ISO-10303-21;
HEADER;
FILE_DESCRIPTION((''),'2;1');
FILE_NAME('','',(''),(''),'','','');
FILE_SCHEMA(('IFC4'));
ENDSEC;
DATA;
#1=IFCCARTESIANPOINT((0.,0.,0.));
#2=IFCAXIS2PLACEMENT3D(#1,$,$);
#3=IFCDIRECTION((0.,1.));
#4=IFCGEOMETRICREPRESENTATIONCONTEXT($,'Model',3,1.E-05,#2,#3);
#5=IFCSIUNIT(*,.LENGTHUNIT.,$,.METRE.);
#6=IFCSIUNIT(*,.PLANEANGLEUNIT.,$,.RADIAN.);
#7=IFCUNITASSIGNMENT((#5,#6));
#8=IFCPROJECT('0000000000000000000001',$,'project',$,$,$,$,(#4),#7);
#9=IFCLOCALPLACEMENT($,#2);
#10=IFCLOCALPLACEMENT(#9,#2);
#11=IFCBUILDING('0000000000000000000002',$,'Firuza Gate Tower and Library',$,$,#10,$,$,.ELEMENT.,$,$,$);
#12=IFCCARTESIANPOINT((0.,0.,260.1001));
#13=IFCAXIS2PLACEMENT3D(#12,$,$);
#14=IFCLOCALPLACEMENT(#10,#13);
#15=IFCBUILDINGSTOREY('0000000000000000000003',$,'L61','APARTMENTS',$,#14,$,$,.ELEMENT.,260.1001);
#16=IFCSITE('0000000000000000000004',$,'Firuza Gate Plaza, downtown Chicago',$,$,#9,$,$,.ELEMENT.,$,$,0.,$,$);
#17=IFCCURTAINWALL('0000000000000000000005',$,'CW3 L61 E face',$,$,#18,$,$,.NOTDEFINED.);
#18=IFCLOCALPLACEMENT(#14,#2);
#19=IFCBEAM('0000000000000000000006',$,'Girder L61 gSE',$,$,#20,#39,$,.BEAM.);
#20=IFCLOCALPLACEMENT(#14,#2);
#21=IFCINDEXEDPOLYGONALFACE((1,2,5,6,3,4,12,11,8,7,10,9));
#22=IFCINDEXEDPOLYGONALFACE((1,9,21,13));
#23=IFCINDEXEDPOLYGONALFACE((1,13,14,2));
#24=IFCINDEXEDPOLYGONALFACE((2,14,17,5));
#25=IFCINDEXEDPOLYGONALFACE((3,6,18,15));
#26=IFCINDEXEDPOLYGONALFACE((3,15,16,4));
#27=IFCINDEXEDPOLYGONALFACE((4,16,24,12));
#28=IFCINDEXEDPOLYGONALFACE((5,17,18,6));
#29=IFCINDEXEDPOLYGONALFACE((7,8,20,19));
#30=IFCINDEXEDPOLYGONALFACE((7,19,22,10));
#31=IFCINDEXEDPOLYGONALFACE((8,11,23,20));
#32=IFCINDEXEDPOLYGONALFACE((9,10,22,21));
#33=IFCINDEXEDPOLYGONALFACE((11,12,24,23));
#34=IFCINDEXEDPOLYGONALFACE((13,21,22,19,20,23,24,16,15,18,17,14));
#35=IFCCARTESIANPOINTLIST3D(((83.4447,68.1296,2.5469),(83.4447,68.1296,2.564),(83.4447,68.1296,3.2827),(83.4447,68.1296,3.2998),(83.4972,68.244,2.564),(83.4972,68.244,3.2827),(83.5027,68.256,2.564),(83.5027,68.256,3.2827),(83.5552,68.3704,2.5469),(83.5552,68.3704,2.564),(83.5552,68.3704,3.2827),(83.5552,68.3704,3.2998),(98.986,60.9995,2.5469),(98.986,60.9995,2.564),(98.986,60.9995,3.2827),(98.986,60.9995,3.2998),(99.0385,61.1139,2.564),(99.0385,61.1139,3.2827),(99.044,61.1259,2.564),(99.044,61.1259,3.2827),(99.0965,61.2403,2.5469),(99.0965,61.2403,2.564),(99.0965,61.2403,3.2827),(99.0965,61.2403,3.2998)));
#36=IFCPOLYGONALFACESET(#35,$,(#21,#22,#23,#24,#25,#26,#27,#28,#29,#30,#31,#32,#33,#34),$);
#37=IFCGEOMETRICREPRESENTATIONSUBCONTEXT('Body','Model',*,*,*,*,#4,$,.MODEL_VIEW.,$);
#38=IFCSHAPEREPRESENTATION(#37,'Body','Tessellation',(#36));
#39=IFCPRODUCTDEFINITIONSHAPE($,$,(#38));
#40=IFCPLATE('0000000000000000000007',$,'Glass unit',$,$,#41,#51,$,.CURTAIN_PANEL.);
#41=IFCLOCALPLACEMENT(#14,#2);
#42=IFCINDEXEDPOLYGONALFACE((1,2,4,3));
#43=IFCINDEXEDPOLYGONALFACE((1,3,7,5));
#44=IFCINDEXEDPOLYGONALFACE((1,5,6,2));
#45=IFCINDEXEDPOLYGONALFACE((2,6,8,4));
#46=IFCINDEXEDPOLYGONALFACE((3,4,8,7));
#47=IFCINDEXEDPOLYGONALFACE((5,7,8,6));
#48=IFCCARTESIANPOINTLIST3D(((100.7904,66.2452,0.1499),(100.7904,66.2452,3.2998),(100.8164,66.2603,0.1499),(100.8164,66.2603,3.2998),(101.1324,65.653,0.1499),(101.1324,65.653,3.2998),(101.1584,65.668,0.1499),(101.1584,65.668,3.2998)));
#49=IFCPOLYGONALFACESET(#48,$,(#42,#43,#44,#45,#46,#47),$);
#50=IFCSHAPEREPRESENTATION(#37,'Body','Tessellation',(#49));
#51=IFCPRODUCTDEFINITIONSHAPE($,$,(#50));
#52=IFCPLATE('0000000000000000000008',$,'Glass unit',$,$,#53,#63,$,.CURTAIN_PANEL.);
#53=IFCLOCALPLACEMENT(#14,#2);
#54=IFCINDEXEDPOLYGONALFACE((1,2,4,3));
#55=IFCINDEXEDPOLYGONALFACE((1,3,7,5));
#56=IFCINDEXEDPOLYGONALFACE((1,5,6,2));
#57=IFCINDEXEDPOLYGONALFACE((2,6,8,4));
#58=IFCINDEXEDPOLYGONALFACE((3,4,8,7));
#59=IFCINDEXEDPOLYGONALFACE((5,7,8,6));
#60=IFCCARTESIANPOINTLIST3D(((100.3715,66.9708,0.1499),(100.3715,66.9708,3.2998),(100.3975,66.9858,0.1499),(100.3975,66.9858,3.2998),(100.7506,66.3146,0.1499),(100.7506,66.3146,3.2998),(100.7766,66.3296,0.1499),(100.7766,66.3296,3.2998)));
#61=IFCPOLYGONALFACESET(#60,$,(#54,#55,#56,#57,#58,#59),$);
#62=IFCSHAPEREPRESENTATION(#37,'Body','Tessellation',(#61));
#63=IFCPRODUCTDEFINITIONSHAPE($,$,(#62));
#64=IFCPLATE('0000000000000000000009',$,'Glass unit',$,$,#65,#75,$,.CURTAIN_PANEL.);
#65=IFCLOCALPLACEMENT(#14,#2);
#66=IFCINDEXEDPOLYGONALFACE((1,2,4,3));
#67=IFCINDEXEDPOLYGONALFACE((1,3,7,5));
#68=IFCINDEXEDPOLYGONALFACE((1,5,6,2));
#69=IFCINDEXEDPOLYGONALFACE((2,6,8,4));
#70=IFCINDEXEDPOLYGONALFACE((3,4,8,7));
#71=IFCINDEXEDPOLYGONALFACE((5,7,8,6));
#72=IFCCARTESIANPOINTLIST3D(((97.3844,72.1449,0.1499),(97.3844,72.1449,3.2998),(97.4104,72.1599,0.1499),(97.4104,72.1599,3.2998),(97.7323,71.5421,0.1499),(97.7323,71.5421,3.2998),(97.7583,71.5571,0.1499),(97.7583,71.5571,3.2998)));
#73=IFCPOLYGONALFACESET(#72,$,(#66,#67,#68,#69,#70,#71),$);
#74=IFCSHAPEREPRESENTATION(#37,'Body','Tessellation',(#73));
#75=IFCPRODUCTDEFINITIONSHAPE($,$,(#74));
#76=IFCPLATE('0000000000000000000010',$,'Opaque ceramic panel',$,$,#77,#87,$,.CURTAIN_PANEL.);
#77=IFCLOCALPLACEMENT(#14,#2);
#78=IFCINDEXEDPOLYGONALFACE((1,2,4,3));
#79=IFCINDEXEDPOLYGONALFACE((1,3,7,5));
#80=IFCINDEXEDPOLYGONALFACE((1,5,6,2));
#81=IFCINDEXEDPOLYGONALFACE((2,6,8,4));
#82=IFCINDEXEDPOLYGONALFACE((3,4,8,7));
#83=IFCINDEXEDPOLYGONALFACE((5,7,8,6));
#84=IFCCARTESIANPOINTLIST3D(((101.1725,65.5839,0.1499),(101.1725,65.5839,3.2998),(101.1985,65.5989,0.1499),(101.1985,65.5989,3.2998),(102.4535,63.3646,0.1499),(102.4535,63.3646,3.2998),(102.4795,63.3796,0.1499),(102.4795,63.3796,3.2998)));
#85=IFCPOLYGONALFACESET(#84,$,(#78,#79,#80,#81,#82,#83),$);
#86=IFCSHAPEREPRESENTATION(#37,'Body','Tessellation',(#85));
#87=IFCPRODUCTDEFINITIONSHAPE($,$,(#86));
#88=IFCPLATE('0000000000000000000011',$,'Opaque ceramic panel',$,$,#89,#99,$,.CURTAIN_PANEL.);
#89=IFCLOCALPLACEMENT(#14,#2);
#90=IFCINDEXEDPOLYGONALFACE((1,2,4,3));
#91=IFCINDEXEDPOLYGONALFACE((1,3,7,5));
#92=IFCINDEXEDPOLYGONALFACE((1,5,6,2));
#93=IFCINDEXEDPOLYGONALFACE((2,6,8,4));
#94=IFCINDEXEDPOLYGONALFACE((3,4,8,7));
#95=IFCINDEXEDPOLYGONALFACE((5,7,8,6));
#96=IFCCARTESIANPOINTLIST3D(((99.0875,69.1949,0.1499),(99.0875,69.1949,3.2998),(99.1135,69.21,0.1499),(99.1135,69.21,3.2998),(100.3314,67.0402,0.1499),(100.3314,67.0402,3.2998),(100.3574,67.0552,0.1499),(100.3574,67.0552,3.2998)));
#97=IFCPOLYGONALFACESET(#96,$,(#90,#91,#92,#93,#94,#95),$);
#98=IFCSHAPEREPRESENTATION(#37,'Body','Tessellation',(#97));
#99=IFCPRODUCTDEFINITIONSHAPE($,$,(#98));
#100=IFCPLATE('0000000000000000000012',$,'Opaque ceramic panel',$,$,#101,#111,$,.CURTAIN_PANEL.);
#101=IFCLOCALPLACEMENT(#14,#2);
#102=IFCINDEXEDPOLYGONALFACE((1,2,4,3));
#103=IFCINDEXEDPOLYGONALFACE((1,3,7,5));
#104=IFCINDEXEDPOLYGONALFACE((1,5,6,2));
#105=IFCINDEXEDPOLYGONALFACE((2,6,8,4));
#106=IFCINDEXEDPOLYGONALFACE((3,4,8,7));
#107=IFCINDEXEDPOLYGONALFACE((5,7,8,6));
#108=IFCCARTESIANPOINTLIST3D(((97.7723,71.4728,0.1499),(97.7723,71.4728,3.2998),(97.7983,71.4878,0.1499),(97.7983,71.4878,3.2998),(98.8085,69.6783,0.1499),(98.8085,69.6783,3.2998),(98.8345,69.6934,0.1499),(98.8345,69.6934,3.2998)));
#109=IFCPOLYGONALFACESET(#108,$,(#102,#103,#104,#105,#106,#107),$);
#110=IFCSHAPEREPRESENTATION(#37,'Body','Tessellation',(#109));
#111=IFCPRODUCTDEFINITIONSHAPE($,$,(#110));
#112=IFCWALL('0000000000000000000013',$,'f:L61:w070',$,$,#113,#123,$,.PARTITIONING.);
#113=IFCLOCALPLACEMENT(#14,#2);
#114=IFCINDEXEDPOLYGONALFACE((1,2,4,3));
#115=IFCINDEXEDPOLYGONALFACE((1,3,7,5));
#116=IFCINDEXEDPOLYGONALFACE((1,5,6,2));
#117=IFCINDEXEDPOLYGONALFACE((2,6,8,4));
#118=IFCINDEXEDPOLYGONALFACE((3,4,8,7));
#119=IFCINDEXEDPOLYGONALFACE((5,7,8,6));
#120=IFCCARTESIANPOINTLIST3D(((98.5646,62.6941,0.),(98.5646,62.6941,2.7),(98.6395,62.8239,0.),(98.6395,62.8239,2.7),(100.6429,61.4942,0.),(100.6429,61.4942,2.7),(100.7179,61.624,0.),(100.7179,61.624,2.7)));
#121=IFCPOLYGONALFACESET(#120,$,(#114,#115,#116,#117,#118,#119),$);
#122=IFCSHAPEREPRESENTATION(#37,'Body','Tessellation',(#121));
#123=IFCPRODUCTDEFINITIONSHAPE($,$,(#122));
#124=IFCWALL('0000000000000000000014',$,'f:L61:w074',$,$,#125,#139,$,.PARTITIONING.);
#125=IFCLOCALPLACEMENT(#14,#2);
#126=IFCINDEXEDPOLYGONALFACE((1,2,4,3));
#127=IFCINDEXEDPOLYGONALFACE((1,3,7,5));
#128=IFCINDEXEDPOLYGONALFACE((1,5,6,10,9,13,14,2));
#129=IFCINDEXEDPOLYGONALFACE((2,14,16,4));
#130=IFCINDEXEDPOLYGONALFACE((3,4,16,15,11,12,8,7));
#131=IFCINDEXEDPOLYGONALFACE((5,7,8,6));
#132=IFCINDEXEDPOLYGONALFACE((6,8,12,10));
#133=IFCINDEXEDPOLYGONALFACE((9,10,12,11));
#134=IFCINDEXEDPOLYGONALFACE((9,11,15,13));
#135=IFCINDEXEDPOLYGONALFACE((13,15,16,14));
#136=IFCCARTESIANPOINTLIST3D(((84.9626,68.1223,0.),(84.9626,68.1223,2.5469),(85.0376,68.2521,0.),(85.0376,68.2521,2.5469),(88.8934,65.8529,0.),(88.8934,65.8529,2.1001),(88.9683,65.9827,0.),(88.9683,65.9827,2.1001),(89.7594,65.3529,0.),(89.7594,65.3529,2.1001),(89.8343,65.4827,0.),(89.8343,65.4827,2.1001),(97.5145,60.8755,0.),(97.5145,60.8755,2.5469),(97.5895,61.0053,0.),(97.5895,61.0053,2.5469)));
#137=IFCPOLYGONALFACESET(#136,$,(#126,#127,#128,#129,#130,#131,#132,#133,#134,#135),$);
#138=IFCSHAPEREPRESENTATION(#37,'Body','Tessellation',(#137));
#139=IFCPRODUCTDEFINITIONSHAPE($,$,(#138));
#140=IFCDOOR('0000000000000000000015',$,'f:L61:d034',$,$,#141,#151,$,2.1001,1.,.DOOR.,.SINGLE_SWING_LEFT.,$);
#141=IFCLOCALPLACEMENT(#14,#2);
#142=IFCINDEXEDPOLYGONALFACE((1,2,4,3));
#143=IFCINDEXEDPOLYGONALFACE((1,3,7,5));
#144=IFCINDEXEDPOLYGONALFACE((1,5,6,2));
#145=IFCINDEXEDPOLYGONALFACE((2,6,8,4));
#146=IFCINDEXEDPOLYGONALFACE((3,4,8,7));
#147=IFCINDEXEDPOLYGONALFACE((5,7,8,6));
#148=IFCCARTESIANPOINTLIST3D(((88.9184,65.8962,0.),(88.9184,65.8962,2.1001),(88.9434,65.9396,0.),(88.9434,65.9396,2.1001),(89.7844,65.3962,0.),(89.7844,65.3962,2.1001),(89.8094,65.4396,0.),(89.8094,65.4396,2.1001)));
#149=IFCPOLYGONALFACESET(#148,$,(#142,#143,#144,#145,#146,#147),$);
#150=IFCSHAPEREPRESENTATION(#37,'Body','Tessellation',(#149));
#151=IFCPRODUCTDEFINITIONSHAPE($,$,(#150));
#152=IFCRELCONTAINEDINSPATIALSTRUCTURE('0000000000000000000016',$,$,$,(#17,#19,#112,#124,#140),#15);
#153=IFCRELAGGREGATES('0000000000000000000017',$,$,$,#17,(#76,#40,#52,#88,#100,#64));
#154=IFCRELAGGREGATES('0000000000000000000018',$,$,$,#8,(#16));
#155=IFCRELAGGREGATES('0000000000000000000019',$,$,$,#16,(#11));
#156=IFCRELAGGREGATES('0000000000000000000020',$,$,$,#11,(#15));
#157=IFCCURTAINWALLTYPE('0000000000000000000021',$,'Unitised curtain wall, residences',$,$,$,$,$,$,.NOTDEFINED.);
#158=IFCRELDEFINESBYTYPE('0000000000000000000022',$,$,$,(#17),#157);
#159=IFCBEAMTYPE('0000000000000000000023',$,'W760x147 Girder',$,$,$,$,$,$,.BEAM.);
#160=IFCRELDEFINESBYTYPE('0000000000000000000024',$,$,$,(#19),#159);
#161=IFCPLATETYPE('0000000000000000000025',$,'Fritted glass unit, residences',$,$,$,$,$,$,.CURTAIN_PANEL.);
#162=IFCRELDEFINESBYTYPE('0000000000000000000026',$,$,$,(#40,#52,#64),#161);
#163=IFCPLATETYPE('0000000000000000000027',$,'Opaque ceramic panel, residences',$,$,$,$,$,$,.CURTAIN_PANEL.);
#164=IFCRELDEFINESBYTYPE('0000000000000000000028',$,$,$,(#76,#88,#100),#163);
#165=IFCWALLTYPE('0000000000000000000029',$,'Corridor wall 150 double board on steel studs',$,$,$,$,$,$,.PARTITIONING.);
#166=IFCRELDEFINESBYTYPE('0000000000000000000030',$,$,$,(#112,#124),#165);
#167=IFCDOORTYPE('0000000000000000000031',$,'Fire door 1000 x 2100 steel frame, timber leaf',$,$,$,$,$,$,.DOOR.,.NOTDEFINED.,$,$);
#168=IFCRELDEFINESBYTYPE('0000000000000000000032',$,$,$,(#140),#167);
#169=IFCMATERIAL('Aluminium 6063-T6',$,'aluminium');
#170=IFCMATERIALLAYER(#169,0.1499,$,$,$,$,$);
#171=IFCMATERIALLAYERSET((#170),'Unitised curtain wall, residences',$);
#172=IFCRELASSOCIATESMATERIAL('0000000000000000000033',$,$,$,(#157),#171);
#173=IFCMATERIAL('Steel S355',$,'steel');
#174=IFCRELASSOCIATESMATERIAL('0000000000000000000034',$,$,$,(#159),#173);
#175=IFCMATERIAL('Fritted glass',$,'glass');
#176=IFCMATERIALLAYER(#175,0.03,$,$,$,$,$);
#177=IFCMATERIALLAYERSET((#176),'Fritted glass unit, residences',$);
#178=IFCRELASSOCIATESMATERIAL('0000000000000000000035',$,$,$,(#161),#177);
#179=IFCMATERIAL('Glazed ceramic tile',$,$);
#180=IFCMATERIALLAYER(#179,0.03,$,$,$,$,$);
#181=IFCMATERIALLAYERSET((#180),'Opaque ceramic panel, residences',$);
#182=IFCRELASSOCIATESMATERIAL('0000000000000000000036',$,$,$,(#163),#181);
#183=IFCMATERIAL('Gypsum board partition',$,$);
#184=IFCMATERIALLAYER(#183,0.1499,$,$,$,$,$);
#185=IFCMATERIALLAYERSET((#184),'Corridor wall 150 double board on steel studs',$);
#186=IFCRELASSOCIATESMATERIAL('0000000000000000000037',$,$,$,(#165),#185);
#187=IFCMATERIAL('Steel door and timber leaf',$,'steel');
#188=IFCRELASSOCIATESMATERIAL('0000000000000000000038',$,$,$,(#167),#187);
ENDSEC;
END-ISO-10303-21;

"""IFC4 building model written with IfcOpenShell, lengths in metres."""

from ifc_helpers import new_model, si_unit, direction, frame, frame_2d, origin, origin_2d, place, context, subcontext, project, spatial, polyline, rectangle, i_section, outline, extrude, material, layer, layer_set, material_profile, profile_set, type_object, element, fill, aggregate, save


model = new_model("IFC4")

# Units and contexts
model_context = context("Model", 3, precision=1e-05, world=origin(), true_north=direction((0.0, 1.0)))
body_context = subcontext(model_context, "Body", "Model", "MODEL_VIEW")
ifc_project = project(units=[si_unit("LENGTHUNIT", "METRE"), si_unit("PLANEANGLEUNIT", "RADIAN")], contexts=[model_context])

# Site, building, storey
site_placement = place(None, origin())
site = spatial("IfcSite", under=ifc_project, at=site_placement, Name="Firuza Gate Plaza, downtown Chicago", CompositionType="ELEMENT", RefElevation=0.0)
building_placement = place(site_placement, origin())
building = spatial("IfcBuilding", under=site, at=building_placement, Name="Firuza Gate Tower and Library", CompositionType="ELEMENT")
storey_placement = place(building_placement, frame((0.0, 0.0, 260.1001)))
storey = spatial("IfcBuildingStorey", under=building, at=storey_placement, Name="L61", Description="APARTMENTS", CompositionType="ELEMENT", Elevation=260.1001)

# Curtain wall
ifc_material_1 = material(Name="Aluminium 6063-T6", Category="aluminium")
ifc_layer_1 = layer(ifc_material_1, 0.1499)
ifc_layer_set_1 = layer_set([ifc_layer_1], Name="Unitised curtain wall, residences")
curtain_wall_type = type_object("IfcCurtainWallType", Name="Unitised curtain wall, residences", PredefinedType="NOTDEFINED", material=ifc_layer_set_1)
curtain_wall_placement = place(storey_placement, origin())
curtain_wall = element("IfcCurtainWall", 1, at=curtain_wall_placement, inside=storey, type_object=curtain_wall_type, Name="CW3 L61 E face", PredefinedType="NOTDEFINED")

# Beam
ifc_material_2 = material(Name="Steel S355", Category="steel")
ifc_material_profile_1 = material_profile(ifc_material_2, i_section(OverallWidth=0.2649, OverallDepth=0.7529, WebThickness=0.0132, FlangeThickness=0.0171, at=origin_2d()))
ifc_profile_set_1 = profile_set([ifc_material_profile_1], Name="Steel S355")
beam_type_1 = type_object("IfcBeamType", Name="W760x147 Girder", PredefinedType="BEAM", material=ifc_profile_set_1)
beam_1_placement = place(storey_placement, frame((99.0413, 61.1199, 2.9233), z_axis=(-0.908909, 0.416995, 0.0), x_axis=(-0.416995, -0.908909, 0.0)))
element("IfcBeam", 2, at=beam_1_placement, inside=storey, type_object=beam_type_1, Name="Girder L61 gSE", PredefinedType="BEAM", context=body_context, shape_type="SweptSolid", body=[
    extrude(i_section(OverallWidth=0.2649, OverallDepth=0.7529, WebThickness=0.0132, FlangeThickness=0.0171, at=origin_2d()), origin(), (0.0, 0.0, 1.0), 17.0989),
])

# Plates
ifc_material_3 = material(Name="Fritted glass", Category="glass")
ifc_layer_2 = layer(ifc_material_3, 0.03)
ifc_layer_set_2 = layer_set([ifc_layer_2], Name="Fritted glass unit, residences")
plate_type_1 = type_object("IfcPlateType", Name="Fritted glass unit, residences", PredefinedType="CURTAIN_PANEL", material=ifc_layer_set_2)
plate_1_placement = place(storey_placement, frame((101.1584, 65.668, 0.1499), z_axis=(0.865972, 0.500093, 0.0), x_axis=(-0.500093, 0.865972, 0.0)))
plate_1 = element("IfcPlate", 3, at=plate_1_placement, type_object=plate_type_1, Name="Glass unit", PredefinedType="CURTAIN_PANEL", context=body_context, shape_type="SweptSolid", body=[
    extrude(outline(polyline([(0.0, 0.0), (0.684, 0.0), (0.684, 3.1499), (0.0, 3.1499), (0.0, 0.0)])), origin(), (0.0, 0.0, -1.0), 0.03),
])
plate_2_placement = place(storey_placement, frame((100.7766, 66.3296, 0.1499), z_axis=(0.865874, 0.500261, 0.0), x_axis=(-0.500261, 0.865874, 0.0)))
plate_2 = element("IfcPlate", 4, at=plate_2_placement, type_object=plate_type_1, Name="Glass unit", PredefinedType="CURTAIN_PANEL", context=body_context, shape_type="SweptSolid", body=[
    extrude(outline(polyline([(0.0, 0.0), (0.7579, 0.0), (0.7579, 3.1499), (0.0, 3.1499), (0.0, 0.0)])), origin(), (0.0, 0.0, -1.0), 0.03),
])
plate_3_placement = place(storey_placement, frame((97.7583, 71.5571, 0.1499), z_axis=(0.866098, 0.499874, 0.0), x_axis=(-0.499874, 0.866098, 0.0)))
plate_3 = element("IfcPlate", 5, at=plate_3_placement, type_object=plate_type_1, Name="Glass unit", PredefinedType="CURTAIN_PANEL", context=body_context, shape_type="SweptSolid", body=[
    extrude(outline(polyline([(0.0, 0.0), (0.696, 0.0), (0.696, 3.1499), (0.0, 3.1499), (0.0, 0.0)])), origin(), (0.0, 0.0, -1.0), 0.03),
])
ifc_material_4 = material(Name="Glazed ceramic tile")
ifc_layer_3 = layer(ifc_material_4, 0.03)
ifc_layer_set_3 = layer_set([ifc_layer_3], Name="Opaque ceramic panel, residences")
plate_type_2 = type_object("IfcPlateType", Name="Opaque ceramic panel, residences", PredefinedType="CURTAIN_PANEL", material=ifc_layer_set_3)
plate_4_placement = place(storey_placement, frame((102.4795, 63.3796, 0.1499), z_axis=(0.866071, 0.49992, 0.0), x_axis=(-0.49992, 0.866071, 0.0)))
plate_4 = element("IfcPlate", 6, at=plate_4_placement, type_object=plate_type_2, Name="Opaque ceramic panel", PredefinedType="CURTAIN_PANEL", context=body_context, shape_type="SweptSolid", body=[
    extrude(outline(polyline([(0.0, 0.0), (2.5624, 0.0), (2.5624, 3.1499), (0.0, 3.1499), (0.0, 0.0)])), origin(), (0.0, 0.0, -1.0), 0.03),
])
plate_5_placement = place(storey_placement, frame((100.3574, 67.0552, 0.1499), z_axis=(0.866055, 0.499949, 0.0), x_axis=(-0.499949, 0.866055, 0.0)))
plate_5 = element("IfcPlate", 7, at=plate_5_placement, type_object=plate_type_2, Name="Opaque ceramic panel", PredefinedType="CURTAIN_PANEL", context=body_context, shape_type="SweptSolid", body=[
    extrude(outline(polyline([(0.0, 0.0), (2.488, 0.0), (2.488, 3.1499), (0.0, 3.1499), (0.0, 0.0)])), origin(), (0.0, 0.0, -1.0), 0.03),
])
plate_6_placement = place(storey_placement, frame((98.8345, 69.6934, 0.1499), z_axis=(0.866001, 0.500042, 0.0), x_axis=(-0.500042, 0.866001, 0.0)))
plate_6 = element("IfcPlate", 8, at=plate_6_placement, type_object=plate_type_2, Name="Opaque ceramic panel", PredefinedType="CURTAIN_PANEL", context=body_context, shape_type="SweptSolid", body=[
    extrude(outline(polyline([(0.0, 0.0), (2.0721, 0.0), (2.0721, 3.1499), (0.0, 3.1499), (0.0, 0.0)])), origin(), (0.0, 0.0, -1.0), 0.03),
])
aggregate(curtain_wall, [plate_4, plate_1, plate_2, plate_5, plate_6, plate_3])

# Wall
ifc_material_5 = material(Name="Gypsum board partition")
ifc_layer_4 = layer(ifc_material_5, 0.1499)
ifc_layer_set_4 = layer_set([ifc_layer_4], Name="Corridor wall 150 double board on steel studs")
wall_type_1 = type_object("IfcWallType", Name="Corridor wall 150 double board on steel studs", PredefinedType="PARTITIONING", material=ifc_layer_set_4)
wall_1_placement = place(storey_placement, frame((100.6804, 61.5591, 0.0), z_axis=(0.0, 0.0, 1.0), x_axis=(-0.866025, 0.500001, 0.0)))
element("IfcWall", 9, at=wall_1_placement, inside=storey, type_object=wall_type_1, Name="f:L61:w070", PredefinedType="PARTITIONING", context=body_context, shape_type="SweptSolid", body=[
    extrude(rectangle(XDim=2.3999, YDim=0.1499, at=frame_2d((1.2, 0.0))), origin(), (0.0, 0.0, 1.0), 2.7),
])

# Wall, opening, door
wall_2_placement = place(storey_placement, frame((97.552, 60.9404, 0.0), z_axis=(0.0, 0.0, 1.0), x_axis=(-0.866028, 0.499996, 0.0)))
wall_2 = element("IfcWall", 10, at=wall_2_placement, inside=storey, type_object=wall_type_1, Name="f:L61:w074", PredefinedType="PARTITIONING", context=body_context, shape_type="SweptSolid", body=[
    extrude(rectangle(XDim=14.4937, YDim=0.1499, at=frame_2d((7.2468, 0.0))), origin(), (0.0, 0.0, 1.0), 2.5469),
])
opening_1_placement = place(wall_2_placement, frame((8.9548, 0.0, 0.0)))
opening_1 = element("IfcOpeningElement", 11, at=opening_1_placement, cuts=wall_2, PredefinedType="OPENING", context=body_context, shape_type="SweptSolid", body=[
    extrude(rectangle(XDim=1.0, YDim=2.1001, at=frame_2d((0.5, 1.05))), frame((0.0, 0.085, 0.0), z_axis=(0.0, -1.0, 0.0), x_axis=(1.0, 0.0, 0.0)), (0.0, 0.0, 1.0), 0.1699),
])
ifc_material_6 = material(Name="Steel door and timber leaf", Category="steel")
door_type_1 = type_object("IfcDoorType", Name="Fire door 1000 x 2100 steel frame, timber leaf", OperationType="NOTDEFINED", PredefinedType="DOOR", material=ifc_material_6)
door_1_placement = place(opening_1_placement, origin())
door_1 = element("IfcDoor", 12, at=door_1_placement, inside=storey, type_object=door_type_1, Name="f:L61:d034", OperationType="SINGLE_SWING_LEFT", OverallHeight=2.1001, OverallWidth=1.0, PredefinedType="DOOR", context=body_context, shape_type="SweptSolid", body=[
    extrude(rectangle(XDim=1.0, YDim=2.1001, at=frame_2d((0.5, 1.05))), frame((0.0, 0.0249, 0.0), z_axis=(0.0, -1.0, 0.0), x_axis=(1.0, 0.0, 0.0)), (0.0, 0.0, 1.0), 0.05),
])
fill(opening_1, door_1)

save(model, "model.ifc")
